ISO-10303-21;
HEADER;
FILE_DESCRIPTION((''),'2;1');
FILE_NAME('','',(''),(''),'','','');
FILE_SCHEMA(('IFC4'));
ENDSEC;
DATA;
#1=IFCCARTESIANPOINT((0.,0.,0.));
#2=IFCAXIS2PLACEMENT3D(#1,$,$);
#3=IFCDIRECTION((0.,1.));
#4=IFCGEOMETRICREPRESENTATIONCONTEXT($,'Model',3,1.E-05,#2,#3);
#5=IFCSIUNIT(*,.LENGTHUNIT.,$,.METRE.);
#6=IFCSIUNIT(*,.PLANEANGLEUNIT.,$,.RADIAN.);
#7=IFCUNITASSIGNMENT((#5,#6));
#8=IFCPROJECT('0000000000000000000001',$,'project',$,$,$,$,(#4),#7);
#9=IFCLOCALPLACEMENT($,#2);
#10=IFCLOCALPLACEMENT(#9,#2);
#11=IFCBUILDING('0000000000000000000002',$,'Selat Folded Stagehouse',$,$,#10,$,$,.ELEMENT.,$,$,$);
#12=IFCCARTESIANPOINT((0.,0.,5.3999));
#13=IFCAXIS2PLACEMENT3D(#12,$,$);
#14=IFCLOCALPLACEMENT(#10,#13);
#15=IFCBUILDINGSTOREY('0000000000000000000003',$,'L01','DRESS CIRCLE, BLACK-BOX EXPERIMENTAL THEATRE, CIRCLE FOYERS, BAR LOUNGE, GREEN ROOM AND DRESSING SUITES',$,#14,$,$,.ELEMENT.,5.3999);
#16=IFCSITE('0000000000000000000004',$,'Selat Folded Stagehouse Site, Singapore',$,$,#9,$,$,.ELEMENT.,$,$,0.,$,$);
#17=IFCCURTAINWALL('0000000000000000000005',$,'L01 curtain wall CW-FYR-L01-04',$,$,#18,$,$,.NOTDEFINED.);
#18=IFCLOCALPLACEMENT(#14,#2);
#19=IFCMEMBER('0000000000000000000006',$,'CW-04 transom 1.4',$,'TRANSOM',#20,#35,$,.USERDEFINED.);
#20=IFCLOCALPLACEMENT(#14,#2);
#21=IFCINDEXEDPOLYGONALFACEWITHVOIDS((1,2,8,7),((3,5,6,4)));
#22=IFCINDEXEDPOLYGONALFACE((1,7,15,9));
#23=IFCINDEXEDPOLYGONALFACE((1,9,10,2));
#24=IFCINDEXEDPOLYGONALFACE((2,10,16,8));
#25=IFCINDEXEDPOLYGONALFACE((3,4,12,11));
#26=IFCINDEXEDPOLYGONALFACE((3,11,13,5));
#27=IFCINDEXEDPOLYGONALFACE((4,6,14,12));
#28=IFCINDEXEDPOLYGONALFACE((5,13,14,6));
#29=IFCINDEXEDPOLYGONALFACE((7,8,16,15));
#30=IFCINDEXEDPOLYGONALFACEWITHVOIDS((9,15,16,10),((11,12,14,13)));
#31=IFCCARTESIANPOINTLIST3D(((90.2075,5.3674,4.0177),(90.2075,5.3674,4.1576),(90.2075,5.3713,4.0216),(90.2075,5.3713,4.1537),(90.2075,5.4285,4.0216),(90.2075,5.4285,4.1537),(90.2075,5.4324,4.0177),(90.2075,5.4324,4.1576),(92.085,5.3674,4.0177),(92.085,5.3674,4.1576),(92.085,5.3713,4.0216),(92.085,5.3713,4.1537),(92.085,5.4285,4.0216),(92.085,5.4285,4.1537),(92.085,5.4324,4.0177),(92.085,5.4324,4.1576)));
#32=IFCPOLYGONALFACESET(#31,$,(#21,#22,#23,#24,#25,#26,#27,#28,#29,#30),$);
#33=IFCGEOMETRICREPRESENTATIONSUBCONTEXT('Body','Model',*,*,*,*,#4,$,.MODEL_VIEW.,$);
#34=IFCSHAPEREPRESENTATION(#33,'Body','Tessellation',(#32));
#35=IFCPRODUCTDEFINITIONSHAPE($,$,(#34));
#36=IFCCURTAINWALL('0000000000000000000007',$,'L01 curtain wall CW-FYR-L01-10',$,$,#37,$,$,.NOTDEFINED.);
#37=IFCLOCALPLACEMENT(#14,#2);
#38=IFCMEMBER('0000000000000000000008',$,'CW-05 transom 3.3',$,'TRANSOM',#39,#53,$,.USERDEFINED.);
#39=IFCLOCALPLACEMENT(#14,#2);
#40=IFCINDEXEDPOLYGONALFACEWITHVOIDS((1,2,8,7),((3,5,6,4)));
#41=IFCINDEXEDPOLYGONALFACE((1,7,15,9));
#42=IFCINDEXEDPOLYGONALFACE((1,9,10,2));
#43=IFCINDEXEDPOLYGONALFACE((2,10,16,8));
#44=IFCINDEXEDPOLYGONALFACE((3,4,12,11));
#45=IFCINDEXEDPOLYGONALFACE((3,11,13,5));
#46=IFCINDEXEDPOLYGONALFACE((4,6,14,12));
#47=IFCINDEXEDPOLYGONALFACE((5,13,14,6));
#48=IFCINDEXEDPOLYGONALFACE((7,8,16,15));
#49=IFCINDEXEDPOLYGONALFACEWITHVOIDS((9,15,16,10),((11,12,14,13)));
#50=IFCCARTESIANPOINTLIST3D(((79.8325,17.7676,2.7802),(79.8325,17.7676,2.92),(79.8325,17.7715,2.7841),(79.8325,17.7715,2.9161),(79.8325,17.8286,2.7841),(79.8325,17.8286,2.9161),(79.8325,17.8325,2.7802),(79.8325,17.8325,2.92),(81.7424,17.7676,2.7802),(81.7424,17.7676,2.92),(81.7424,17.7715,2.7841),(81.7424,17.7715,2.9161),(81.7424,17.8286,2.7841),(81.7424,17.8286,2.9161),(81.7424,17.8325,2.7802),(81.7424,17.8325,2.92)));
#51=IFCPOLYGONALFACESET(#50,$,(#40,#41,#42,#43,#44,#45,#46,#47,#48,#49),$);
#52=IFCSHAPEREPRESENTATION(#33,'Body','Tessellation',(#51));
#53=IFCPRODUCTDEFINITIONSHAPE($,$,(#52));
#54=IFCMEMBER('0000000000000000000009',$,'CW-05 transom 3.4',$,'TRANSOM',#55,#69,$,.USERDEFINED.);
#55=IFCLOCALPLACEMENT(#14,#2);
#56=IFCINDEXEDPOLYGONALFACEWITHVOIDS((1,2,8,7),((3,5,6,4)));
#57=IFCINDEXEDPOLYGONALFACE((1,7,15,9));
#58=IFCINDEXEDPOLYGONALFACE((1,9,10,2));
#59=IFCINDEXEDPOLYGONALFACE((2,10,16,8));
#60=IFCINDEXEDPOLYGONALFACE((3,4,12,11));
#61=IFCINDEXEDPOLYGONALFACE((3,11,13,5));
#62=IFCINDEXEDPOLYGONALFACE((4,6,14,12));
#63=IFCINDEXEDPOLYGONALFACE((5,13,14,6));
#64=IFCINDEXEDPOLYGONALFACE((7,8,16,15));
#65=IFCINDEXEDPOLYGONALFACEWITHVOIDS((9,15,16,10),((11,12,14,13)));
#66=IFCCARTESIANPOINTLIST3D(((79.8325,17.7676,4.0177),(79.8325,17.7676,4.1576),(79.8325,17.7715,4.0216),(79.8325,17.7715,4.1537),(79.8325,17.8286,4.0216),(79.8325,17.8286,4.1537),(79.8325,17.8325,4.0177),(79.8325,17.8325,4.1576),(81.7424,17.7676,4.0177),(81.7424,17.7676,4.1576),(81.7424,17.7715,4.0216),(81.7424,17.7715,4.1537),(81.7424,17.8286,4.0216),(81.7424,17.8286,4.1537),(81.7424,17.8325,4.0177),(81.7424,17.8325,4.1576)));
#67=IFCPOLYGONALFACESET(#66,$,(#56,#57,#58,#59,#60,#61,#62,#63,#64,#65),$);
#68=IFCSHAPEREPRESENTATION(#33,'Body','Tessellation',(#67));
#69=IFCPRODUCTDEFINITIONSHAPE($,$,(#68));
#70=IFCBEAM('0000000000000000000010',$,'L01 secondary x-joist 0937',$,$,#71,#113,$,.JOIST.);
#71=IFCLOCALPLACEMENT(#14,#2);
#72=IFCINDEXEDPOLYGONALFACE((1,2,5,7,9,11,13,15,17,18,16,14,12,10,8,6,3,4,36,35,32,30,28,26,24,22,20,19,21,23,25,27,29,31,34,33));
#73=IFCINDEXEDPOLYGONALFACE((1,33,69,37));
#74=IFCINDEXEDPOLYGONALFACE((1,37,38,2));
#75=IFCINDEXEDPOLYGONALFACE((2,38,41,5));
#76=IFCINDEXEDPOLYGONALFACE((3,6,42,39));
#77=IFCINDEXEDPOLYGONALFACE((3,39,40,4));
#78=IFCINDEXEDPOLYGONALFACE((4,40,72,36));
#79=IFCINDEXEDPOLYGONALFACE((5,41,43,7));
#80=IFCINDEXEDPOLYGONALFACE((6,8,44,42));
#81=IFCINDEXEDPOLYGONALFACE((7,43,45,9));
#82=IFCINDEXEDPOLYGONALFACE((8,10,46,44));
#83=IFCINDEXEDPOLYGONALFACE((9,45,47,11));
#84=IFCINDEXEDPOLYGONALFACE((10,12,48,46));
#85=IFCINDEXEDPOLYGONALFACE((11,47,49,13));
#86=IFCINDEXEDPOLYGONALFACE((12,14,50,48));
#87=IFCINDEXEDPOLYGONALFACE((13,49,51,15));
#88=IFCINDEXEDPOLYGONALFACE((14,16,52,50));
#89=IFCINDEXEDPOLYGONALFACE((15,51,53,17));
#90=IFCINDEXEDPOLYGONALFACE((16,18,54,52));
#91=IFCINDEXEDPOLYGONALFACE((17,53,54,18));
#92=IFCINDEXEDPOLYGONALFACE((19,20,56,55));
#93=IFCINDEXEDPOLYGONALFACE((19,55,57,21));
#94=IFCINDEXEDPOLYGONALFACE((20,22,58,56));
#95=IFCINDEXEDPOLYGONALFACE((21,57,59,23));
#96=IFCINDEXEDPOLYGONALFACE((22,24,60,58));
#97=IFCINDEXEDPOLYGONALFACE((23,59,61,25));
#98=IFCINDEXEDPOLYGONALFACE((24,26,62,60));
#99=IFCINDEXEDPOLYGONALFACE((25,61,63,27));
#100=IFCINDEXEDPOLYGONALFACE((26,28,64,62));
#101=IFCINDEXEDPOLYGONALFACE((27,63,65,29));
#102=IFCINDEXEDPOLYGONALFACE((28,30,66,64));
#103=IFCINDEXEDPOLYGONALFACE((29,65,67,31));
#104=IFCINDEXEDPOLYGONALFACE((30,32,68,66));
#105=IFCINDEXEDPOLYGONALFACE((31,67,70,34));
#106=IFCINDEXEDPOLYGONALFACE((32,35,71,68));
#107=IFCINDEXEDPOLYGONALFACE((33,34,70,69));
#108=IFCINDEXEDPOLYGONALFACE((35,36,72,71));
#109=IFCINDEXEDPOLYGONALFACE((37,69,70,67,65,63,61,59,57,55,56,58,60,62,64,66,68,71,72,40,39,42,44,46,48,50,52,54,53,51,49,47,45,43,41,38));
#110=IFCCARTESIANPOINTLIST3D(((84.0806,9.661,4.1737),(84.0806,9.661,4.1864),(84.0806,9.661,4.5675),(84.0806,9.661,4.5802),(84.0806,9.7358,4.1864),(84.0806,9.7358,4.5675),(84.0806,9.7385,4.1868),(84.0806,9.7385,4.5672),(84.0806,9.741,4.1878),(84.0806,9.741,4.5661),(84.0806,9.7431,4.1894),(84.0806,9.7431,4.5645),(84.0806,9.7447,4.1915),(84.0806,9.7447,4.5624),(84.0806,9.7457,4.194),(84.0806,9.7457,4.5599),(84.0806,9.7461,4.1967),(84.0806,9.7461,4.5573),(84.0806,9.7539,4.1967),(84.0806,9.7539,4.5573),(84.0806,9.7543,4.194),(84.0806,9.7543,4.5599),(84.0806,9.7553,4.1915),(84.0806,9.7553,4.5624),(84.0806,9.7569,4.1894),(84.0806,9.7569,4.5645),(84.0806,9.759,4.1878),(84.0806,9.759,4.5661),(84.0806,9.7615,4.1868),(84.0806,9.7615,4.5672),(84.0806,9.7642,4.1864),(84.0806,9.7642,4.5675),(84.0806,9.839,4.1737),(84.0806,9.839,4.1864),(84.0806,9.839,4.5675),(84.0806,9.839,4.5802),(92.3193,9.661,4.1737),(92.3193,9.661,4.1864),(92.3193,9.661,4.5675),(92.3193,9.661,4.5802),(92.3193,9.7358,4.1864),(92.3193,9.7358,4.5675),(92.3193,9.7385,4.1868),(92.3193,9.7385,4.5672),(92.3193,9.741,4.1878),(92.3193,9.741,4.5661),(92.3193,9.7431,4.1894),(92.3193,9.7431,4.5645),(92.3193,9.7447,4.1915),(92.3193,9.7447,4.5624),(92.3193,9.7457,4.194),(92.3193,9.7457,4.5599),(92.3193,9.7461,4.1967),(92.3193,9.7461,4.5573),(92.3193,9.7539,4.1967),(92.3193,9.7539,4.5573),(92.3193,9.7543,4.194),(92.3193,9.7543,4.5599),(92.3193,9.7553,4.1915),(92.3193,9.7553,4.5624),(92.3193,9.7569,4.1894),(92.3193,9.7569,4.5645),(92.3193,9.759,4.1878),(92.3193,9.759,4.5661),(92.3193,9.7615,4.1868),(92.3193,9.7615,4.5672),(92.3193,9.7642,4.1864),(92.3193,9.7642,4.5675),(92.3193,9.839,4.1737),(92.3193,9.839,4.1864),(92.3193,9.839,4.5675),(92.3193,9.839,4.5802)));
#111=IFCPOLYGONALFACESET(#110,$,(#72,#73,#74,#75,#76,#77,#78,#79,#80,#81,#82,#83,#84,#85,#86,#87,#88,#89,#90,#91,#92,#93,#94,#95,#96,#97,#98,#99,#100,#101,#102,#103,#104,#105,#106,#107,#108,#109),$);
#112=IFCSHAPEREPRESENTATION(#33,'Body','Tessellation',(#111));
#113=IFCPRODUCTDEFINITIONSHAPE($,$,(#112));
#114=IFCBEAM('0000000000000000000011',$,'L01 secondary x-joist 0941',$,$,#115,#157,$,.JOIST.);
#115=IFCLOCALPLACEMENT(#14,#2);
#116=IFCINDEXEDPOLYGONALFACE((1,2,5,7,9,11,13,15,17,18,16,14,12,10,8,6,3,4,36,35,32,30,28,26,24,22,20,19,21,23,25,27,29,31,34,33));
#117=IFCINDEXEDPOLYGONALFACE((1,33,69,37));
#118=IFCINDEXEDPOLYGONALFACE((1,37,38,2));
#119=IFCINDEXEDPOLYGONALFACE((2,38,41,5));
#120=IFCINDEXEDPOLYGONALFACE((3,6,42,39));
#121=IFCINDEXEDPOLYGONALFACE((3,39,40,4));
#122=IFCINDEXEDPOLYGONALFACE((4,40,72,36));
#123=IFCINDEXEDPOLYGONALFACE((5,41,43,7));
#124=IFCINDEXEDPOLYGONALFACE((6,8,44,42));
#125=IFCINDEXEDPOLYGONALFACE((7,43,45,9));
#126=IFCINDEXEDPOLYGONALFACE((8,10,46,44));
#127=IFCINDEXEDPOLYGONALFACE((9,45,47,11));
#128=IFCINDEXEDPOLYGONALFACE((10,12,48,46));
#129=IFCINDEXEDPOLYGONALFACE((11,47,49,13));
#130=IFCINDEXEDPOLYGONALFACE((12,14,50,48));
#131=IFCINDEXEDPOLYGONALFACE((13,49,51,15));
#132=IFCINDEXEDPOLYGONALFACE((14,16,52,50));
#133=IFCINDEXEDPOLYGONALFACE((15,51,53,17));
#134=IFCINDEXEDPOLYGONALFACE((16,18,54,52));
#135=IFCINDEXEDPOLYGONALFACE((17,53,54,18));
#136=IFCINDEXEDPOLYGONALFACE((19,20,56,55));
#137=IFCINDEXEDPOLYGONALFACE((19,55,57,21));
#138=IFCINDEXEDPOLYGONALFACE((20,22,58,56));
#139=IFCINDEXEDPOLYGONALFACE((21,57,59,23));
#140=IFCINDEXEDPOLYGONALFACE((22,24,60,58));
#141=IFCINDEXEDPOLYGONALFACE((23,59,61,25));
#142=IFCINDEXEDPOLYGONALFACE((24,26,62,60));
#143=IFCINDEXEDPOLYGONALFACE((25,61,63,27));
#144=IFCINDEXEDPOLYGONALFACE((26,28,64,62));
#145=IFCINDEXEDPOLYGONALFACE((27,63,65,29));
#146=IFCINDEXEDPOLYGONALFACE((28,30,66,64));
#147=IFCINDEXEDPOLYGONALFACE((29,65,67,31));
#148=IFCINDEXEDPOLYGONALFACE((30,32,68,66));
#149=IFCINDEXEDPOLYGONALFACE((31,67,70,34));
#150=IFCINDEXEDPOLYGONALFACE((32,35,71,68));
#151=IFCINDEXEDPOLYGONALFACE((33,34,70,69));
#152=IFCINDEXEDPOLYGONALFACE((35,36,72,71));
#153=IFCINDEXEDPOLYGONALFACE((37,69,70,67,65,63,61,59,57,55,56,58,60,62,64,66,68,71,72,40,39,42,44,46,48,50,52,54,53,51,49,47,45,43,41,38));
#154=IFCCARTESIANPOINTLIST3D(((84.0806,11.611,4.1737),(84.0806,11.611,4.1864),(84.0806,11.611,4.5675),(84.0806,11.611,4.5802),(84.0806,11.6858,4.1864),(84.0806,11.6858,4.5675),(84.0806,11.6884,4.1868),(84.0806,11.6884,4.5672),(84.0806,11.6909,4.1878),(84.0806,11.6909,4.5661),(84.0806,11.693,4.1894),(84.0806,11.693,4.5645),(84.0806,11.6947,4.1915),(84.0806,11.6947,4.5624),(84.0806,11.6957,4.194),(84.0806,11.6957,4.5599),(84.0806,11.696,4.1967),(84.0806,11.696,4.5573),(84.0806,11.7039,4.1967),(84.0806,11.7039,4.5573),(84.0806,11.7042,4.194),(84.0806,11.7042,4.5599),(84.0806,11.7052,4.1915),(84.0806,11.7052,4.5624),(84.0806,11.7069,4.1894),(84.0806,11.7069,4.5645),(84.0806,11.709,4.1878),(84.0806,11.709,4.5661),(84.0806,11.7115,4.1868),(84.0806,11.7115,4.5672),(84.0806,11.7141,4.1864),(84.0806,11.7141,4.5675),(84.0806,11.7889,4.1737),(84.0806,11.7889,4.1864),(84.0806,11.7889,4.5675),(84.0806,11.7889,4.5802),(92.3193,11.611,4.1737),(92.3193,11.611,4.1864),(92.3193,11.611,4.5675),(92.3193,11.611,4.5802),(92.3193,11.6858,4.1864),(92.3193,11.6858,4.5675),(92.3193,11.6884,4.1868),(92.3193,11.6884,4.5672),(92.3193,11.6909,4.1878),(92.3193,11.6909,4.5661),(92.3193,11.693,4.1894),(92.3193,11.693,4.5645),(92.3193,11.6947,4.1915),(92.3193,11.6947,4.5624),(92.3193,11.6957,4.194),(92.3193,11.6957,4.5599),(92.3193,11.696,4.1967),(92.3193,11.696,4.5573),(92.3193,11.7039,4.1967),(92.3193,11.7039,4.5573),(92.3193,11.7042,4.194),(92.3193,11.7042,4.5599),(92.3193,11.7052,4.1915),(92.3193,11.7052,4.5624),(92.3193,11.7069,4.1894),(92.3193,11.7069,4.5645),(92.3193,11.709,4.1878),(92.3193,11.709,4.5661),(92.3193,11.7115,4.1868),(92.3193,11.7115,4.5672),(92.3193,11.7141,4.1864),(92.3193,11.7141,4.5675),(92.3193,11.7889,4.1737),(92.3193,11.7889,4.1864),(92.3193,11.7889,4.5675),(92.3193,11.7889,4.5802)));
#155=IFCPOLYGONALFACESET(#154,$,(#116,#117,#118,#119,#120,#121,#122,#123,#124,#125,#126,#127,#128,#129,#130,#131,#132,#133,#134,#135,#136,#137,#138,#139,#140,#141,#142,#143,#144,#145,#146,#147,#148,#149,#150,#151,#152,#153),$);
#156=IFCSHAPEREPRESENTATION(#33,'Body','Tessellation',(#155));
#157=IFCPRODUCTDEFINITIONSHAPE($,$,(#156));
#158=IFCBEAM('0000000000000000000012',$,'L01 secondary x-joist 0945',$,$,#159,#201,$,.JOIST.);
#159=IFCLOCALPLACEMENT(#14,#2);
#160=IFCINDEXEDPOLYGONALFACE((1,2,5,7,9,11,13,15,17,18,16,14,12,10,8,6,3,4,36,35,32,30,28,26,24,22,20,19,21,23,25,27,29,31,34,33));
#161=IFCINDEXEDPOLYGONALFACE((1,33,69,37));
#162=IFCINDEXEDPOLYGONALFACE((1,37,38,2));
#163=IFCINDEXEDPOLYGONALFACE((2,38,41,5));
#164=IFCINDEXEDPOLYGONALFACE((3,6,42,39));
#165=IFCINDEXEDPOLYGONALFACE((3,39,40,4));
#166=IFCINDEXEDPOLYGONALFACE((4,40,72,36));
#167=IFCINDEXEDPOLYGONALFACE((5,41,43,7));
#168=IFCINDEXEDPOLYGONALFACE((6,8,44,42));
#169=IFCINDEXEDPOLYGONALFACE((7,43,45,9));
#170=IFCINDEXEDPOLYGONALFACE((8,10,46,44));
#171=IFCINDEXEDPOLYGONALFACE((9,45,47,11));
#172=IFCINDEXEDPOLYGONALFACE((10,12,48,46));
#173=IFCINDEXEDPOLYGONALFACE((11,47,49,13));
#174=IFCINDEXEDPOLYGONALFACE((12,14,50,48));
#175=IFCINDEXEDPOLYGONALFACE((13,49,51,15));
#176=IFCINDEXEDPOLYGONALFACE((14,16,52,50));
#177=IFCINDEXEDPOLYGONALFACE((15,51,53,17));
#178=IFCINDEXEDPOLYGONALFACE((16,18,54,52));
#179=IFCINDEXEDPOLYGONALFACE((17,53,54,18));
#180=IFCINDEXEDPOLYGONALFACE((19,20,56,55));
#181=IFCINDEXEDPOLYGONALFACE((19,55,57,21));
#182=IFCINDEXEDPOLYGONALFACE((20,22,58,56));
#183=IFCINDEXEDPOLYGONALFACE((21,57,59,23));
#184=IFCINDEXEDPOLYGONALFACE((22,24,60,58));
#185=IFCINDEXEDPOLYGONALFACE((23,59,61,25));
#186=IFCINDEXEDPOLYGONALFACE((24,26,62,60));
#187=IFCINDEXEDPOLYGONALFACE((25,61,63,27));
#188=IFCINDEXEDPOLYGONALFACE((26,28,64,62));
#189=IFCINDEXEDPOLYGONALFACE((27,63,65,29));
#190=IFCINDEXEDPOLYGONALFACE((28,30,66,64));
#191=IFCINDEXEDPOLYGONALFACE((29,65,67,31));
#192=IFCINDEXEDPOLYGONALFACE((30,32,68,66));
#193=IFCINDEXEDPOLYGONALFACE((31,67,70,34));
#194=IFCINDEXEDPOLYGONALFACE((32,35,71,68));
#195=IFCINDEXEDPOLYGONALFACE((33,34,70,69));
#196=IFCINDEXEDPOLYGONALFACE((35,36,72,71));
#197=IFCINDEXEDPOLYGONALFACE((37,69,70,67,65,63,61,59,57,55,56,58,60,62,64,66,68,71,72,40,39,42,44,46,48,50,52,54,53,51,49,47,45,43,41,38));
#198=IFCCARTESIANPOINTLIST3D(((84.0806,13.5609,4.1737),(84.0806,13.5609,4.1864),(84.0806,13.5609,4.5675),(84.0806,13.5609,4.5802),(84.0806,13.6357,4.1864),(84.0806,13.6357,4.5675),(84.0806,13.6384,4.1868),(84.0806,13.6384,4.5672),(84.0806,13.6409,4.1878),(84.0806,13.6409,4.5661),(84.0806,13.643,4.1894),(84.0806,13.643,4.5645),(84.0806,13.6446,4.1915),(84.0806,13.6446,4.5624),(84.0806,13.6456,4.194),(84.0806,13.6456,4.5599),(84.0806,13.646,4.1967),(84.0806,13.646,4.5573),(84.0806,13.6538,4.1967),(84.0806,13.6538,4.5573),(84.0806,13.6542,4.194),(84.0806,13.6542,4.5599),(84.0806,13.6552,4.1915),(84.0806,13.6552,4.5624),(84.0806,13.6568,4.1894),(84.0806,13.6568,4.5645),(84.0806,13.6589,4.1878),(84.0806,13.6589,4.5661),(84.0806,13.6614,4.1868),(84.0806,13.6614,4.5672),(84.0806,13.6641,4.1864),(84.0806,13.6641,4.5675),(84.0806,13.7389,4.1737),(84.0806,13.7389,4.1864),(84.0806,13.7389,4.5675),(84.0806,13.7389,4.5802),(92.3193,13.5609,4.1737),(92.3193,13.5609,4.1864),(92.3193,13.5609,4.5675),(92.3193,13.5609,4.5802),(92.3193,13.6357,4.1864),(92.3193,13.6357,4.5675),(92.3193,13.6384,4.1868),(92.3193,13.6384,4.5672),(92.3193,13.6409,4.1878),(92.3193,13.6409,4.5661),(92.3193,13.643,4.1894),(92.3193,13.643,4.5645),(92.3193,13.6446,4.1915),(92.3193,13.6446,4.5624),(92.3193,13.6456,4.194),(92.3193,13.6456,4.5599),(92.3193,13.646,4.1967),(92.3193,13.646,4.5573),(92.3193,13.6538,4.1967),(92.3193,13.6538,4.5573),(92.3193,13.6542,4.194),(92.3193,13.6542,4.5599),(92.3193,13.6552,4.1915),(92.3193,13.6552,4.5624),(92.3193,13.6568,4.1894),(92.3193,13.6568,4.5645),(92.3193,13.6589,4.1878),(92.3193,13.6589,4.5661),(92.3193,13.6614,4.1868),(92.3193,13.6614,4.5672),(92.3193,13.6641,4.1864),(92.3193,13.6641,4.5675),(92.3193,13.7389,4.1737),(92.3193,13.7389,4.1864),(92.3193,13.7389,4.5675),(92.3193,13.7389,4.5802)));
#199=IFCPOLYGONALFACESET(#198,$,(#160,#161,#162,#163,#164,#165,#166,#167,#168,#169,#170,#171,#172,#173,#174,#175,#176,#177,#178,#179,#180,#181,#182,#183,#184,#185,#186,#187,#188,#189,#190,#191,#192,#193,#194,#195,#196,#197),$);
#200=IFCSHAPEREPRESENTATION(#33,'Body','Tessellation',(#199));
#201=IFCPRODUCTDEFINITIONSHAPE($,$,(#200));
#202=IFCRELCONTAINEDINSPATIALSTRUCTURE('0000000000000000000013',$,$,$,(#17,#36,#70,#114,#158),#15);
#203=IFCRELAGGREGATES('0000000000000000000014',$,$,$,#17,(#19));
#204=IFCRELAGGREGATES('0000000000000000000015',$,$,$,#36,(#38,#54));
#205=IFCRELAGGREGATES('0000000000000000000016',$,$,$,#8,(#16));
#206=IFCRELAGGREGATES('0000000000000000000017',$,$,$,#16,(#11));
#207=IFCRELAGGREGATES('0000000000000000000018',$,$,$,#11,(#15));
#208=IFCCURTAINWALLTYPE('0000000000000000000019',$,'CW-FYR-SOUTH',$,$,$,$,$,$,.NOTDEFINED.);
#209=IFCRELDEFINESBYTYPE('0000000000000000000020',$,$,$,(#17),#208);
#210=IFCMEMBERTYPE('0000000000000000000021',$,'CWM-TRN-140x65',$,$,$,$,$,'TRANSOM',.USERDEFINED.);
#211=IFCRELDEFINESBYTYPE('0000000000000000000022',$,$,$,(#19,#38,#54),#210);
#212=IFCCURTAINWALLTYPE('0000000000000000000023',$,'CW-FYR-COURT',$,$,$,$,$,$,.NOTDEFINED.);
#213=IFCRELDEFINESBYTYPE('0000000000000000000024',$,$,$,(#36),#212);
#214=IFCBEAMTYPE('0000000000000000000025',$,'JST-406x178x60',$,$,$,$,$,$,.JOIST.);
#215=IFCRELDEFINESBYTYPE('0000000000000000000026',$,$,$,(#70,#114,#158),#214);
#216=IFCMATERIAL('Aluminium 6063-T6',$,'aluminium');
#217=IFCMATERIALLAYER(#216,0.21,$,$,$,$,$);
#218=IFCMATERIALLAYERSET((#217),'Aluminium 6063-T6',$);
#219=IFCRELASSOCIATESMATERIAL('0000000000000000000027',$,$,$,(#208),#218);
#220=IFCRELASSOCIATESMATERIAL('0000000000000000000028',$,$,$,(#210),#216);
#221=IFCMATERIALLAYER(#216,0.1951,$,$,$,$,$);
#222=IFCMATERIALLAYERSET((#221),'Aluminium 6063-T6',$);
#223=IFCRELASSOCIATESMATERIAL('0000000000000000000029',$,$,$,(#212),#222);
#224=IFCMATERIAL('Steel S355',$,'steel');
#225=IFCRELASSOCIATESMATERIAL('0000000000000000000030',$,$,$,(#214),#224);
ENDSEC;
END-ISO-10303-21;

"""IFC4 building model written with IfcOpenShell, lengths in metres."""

from ifc_helpers import new_model, si_unit, direction, frame, origin, origin_2d, place, context, subcontext, project, spatial, hollow_rectangle, i_section, extrude, material, layer, layer_set, material_profile, profile_set, type_object, element, aggregate, save


model = new_model("IFC4")

# Units and contexts
model_context = context("Model", 3, precision=1e-05, world=origin(), true_north=direction((0.0, 1.0)))
body_context = subcontext(model_context, "Body", "Model", "MODEL_VIEW")
ifc_project = project(units=[si_unit("LENGTHUNIT", "METRE"), si_unit("PLANEANGLEUNIT", "RADIAN")], contexts=[model_context])

# Site, building, storey
site_placement = place(None, origin())
site = spatial("IfcSite", under=ifc_project, at=site_placement, Name="Selat Folded Stagehouse Site, Singapore", CompositionType="ELEMENT", RefElevation=0.0)
building_placement = place(site_placement, origin())
building = spatial("IfcBuilding", under=site, at=building_placement, Name="Selat Folded Stagehouse", CompositionType="ELEMENT")
storey_placement = place(building_placement, frame((0.0, 0.0, 5.3999)))
storey = spatial("IfcBuildingStorey", under=building, at=storey_placement, Name="L01", Description="DRESS CIRCLE, BLACK-BOX EXPERIMENTAL THEATRE, CIRCLE FOYERS, BAR LOUNGE, GREEN ROOM AND DRESSING SUITES", CompositionType="ELEMENT", Elevation=5.3999)

# Shared definitions
ifc_material_1 = material(Name="Steel S355", Category="steel")

# Curtain walls, members
ifc_material_2 = material(Name="Aluminium 6063-T6", Category="aluminium")
ifc_layer_1 = layer(ifc_material_2, 0.21)
ifc_layer_set_1 = layer_set([ifc_layer_1], Name="Aluminium 6063-T6")
curtain_wall_type_1 = type_object("IfcCurtainWallType", Name="CW-FYR-SOUTH", PredefinedType="NOTDEFINED", material=ifc_layer_set_1)
curtain_wall_1_placement = place(storey_placement, origin())
curtain_wall_1 = element("IfcCurtainWall", 1, at=curtain_wall_1_placement, inside=storey, type_object=curtain_wall_type_1, Name="L01 curtain wall CW-FYR-L01-04", PredefinedType="NOTDEFINED")
ifc_material_profile_1 = material_profile(ifc_material_2, hollow_rectangle(XDim=0.0649, YDim=0.1399, WallThickness=0.0039, at=origin_2d()), Name="ALU 140x65x4.0")
ifc_profile_set_1 = profile_set([ifc_material_profile_1], Name="Aluminium 6063-T6")
member_type_1 = type_object("IfcMemberType", Name="CWM-TRN-140x65", ElementType="TRANSOM", PredefinedType="USERDEFINED", material=ifc_profile_set_1)
member_1_placement = place(storey_placement, frame((92.085, 5.3999, 4.0876), z_axis=(-1.0, 0.0, 0.0), x_axis=(0.0, -1.0, 0.0)))
member_1 = element("IfcMember", 2, at=member_1_placement, type_object=member_type_1, Name="CW-04 transom 1.4", ObjectType="TRANSOM", PredefinedType="USERDEFINED", context=body_context, shape_type="SweptSolid", body=[
    extrude(hollow_rectangle(XDim=0.0649, YDim=0.1399, WallThickness=0.0039, at=origin_2d()), origin(), (0.0, 0.0, 1.0), 1.8774),
])
aggregate(curtain_wall_1, [member_1])
ifc_layer_2 = layer(ifc_material_2, 0.1951)
ifc_layer_set_2 = layer_set([ifc_layer_2], Name="Aluminium 6063-T6")
curtain_wall_type_2 = type_object("IfcCurtainWallType", Name="CW-FYR-COURT", PredefinedType="NOTDEFINED", material=ifc_layer_set_2)
curtain_wall_2_placement = place(storey_placement, origin())
curtain_wall_2 = element("IfcCurtainWall", 3, at=curtain_wall_2_placement, inside=storey, type_object=curtain_wall_type_2, Name="L01 curtain wall CW-FYR-L01-10", PredefinedType="NOTDEFINED")
member_2_placement = place(storey_placement, frame((79.8325, 17.8, 2.8501), z_axis=(1.0, 0.0, 0.0), x_axis=(0.0, 1.0, 0.0)))
member_2 = element("IfcMember", 4, at=member_2_placement, type_object=member_type_1, Name="CW-05 transom 3.3", ObjectType="TRANSOM", PredefinedType="USERDEFINED", context=body_context, shape_type="SweptSolid", body=[
    extrude(hollow_rectangle(XDim=0.0649, YDim=0.1399, WallThickness=0.0039, at=origin_2d()), origin(), (0.0, 0.0, 1.0), 1.9099),
])
member_3_placement = place(storey_placement, frame((79.8325, 17.8, 4.0876), z_axis=(1.0, 0.0, 0.0), x_axis=(0.0, 1.0, 0.0)))
member_3 = element("IfcMember", 5, at=member_3_placement, type_object=member_type_1, Name="CW-05 transom 3.4", ObjectType="TRANSOM", PredefinedType="USERDEFINED", context=body_context, shape_type="SweptSolid", body=[
    extrude(hollow_rectangle(XDim=0.0649, YDim=0.1399, WallThickness=0.0039, at=origin_2d()), origin(), (0.0, 0.0, 1.0), 1.9099),
])
aggregate(curtain_wall_2, [member_2, member_3])

# Beams
ifc_material_profile_2 = material_profile(ifc_material_1, i_section(OverallWidth=0.178, OverallDepth=0.4065, WebThickness=0.0078, FlangeThickness=0.0127, FilletRadius=0.0103, at=origin_2d()), Name="UKB 406x178x60")
ifc_profile_set_2 = profile_set([ifc_material_profile_2], Name="Steel S355")
beam_type_1 = type_object("IfcBeamType", Name="JST-406x178x60", PredefinedType="JOIST", material=ifc_profile_set_2)
for number, where, z_axis, x_axis, name in (
    (6, (84.0806, 9.75, 4.377), (1.0, 0.0, 0.0), (0.0, 1.0, 0.0), "L01 secondary x-joist 0937"),
    (7, (84.0806, 11.7, 4.377), (1.0, 0.0, 0.0), (0.0, 1.0, 0.0), "L01 secondary x-joist 0941"),
    (8, (84.0806, 13.6499, 4.377), (1.0, 0.0, 0.0), (0.0, 1.0, 0.0), "L01 secondary x-joist 0945"),
):
    element("IfcBeam", number, at=place(storey_placement, frame(where, z_axis=z_axis, x_axis=x_axis)), inside=storey, type_object=beam_type_1, Name=name, PredefinedType="JOIST", context=body_context, shape_type="SweptSolid", body=[
        extrude(i_section(OverallWidth=0.178, OverallDepth=0.4065, WebThickness=0.0078, FlangeThickness=0.0127, FilletRadius=0.0103, at=origin_2d()), origin(), (0.0, 0.0, 1.0), 8.2388),
    ])

save(model, "model.ifc")
